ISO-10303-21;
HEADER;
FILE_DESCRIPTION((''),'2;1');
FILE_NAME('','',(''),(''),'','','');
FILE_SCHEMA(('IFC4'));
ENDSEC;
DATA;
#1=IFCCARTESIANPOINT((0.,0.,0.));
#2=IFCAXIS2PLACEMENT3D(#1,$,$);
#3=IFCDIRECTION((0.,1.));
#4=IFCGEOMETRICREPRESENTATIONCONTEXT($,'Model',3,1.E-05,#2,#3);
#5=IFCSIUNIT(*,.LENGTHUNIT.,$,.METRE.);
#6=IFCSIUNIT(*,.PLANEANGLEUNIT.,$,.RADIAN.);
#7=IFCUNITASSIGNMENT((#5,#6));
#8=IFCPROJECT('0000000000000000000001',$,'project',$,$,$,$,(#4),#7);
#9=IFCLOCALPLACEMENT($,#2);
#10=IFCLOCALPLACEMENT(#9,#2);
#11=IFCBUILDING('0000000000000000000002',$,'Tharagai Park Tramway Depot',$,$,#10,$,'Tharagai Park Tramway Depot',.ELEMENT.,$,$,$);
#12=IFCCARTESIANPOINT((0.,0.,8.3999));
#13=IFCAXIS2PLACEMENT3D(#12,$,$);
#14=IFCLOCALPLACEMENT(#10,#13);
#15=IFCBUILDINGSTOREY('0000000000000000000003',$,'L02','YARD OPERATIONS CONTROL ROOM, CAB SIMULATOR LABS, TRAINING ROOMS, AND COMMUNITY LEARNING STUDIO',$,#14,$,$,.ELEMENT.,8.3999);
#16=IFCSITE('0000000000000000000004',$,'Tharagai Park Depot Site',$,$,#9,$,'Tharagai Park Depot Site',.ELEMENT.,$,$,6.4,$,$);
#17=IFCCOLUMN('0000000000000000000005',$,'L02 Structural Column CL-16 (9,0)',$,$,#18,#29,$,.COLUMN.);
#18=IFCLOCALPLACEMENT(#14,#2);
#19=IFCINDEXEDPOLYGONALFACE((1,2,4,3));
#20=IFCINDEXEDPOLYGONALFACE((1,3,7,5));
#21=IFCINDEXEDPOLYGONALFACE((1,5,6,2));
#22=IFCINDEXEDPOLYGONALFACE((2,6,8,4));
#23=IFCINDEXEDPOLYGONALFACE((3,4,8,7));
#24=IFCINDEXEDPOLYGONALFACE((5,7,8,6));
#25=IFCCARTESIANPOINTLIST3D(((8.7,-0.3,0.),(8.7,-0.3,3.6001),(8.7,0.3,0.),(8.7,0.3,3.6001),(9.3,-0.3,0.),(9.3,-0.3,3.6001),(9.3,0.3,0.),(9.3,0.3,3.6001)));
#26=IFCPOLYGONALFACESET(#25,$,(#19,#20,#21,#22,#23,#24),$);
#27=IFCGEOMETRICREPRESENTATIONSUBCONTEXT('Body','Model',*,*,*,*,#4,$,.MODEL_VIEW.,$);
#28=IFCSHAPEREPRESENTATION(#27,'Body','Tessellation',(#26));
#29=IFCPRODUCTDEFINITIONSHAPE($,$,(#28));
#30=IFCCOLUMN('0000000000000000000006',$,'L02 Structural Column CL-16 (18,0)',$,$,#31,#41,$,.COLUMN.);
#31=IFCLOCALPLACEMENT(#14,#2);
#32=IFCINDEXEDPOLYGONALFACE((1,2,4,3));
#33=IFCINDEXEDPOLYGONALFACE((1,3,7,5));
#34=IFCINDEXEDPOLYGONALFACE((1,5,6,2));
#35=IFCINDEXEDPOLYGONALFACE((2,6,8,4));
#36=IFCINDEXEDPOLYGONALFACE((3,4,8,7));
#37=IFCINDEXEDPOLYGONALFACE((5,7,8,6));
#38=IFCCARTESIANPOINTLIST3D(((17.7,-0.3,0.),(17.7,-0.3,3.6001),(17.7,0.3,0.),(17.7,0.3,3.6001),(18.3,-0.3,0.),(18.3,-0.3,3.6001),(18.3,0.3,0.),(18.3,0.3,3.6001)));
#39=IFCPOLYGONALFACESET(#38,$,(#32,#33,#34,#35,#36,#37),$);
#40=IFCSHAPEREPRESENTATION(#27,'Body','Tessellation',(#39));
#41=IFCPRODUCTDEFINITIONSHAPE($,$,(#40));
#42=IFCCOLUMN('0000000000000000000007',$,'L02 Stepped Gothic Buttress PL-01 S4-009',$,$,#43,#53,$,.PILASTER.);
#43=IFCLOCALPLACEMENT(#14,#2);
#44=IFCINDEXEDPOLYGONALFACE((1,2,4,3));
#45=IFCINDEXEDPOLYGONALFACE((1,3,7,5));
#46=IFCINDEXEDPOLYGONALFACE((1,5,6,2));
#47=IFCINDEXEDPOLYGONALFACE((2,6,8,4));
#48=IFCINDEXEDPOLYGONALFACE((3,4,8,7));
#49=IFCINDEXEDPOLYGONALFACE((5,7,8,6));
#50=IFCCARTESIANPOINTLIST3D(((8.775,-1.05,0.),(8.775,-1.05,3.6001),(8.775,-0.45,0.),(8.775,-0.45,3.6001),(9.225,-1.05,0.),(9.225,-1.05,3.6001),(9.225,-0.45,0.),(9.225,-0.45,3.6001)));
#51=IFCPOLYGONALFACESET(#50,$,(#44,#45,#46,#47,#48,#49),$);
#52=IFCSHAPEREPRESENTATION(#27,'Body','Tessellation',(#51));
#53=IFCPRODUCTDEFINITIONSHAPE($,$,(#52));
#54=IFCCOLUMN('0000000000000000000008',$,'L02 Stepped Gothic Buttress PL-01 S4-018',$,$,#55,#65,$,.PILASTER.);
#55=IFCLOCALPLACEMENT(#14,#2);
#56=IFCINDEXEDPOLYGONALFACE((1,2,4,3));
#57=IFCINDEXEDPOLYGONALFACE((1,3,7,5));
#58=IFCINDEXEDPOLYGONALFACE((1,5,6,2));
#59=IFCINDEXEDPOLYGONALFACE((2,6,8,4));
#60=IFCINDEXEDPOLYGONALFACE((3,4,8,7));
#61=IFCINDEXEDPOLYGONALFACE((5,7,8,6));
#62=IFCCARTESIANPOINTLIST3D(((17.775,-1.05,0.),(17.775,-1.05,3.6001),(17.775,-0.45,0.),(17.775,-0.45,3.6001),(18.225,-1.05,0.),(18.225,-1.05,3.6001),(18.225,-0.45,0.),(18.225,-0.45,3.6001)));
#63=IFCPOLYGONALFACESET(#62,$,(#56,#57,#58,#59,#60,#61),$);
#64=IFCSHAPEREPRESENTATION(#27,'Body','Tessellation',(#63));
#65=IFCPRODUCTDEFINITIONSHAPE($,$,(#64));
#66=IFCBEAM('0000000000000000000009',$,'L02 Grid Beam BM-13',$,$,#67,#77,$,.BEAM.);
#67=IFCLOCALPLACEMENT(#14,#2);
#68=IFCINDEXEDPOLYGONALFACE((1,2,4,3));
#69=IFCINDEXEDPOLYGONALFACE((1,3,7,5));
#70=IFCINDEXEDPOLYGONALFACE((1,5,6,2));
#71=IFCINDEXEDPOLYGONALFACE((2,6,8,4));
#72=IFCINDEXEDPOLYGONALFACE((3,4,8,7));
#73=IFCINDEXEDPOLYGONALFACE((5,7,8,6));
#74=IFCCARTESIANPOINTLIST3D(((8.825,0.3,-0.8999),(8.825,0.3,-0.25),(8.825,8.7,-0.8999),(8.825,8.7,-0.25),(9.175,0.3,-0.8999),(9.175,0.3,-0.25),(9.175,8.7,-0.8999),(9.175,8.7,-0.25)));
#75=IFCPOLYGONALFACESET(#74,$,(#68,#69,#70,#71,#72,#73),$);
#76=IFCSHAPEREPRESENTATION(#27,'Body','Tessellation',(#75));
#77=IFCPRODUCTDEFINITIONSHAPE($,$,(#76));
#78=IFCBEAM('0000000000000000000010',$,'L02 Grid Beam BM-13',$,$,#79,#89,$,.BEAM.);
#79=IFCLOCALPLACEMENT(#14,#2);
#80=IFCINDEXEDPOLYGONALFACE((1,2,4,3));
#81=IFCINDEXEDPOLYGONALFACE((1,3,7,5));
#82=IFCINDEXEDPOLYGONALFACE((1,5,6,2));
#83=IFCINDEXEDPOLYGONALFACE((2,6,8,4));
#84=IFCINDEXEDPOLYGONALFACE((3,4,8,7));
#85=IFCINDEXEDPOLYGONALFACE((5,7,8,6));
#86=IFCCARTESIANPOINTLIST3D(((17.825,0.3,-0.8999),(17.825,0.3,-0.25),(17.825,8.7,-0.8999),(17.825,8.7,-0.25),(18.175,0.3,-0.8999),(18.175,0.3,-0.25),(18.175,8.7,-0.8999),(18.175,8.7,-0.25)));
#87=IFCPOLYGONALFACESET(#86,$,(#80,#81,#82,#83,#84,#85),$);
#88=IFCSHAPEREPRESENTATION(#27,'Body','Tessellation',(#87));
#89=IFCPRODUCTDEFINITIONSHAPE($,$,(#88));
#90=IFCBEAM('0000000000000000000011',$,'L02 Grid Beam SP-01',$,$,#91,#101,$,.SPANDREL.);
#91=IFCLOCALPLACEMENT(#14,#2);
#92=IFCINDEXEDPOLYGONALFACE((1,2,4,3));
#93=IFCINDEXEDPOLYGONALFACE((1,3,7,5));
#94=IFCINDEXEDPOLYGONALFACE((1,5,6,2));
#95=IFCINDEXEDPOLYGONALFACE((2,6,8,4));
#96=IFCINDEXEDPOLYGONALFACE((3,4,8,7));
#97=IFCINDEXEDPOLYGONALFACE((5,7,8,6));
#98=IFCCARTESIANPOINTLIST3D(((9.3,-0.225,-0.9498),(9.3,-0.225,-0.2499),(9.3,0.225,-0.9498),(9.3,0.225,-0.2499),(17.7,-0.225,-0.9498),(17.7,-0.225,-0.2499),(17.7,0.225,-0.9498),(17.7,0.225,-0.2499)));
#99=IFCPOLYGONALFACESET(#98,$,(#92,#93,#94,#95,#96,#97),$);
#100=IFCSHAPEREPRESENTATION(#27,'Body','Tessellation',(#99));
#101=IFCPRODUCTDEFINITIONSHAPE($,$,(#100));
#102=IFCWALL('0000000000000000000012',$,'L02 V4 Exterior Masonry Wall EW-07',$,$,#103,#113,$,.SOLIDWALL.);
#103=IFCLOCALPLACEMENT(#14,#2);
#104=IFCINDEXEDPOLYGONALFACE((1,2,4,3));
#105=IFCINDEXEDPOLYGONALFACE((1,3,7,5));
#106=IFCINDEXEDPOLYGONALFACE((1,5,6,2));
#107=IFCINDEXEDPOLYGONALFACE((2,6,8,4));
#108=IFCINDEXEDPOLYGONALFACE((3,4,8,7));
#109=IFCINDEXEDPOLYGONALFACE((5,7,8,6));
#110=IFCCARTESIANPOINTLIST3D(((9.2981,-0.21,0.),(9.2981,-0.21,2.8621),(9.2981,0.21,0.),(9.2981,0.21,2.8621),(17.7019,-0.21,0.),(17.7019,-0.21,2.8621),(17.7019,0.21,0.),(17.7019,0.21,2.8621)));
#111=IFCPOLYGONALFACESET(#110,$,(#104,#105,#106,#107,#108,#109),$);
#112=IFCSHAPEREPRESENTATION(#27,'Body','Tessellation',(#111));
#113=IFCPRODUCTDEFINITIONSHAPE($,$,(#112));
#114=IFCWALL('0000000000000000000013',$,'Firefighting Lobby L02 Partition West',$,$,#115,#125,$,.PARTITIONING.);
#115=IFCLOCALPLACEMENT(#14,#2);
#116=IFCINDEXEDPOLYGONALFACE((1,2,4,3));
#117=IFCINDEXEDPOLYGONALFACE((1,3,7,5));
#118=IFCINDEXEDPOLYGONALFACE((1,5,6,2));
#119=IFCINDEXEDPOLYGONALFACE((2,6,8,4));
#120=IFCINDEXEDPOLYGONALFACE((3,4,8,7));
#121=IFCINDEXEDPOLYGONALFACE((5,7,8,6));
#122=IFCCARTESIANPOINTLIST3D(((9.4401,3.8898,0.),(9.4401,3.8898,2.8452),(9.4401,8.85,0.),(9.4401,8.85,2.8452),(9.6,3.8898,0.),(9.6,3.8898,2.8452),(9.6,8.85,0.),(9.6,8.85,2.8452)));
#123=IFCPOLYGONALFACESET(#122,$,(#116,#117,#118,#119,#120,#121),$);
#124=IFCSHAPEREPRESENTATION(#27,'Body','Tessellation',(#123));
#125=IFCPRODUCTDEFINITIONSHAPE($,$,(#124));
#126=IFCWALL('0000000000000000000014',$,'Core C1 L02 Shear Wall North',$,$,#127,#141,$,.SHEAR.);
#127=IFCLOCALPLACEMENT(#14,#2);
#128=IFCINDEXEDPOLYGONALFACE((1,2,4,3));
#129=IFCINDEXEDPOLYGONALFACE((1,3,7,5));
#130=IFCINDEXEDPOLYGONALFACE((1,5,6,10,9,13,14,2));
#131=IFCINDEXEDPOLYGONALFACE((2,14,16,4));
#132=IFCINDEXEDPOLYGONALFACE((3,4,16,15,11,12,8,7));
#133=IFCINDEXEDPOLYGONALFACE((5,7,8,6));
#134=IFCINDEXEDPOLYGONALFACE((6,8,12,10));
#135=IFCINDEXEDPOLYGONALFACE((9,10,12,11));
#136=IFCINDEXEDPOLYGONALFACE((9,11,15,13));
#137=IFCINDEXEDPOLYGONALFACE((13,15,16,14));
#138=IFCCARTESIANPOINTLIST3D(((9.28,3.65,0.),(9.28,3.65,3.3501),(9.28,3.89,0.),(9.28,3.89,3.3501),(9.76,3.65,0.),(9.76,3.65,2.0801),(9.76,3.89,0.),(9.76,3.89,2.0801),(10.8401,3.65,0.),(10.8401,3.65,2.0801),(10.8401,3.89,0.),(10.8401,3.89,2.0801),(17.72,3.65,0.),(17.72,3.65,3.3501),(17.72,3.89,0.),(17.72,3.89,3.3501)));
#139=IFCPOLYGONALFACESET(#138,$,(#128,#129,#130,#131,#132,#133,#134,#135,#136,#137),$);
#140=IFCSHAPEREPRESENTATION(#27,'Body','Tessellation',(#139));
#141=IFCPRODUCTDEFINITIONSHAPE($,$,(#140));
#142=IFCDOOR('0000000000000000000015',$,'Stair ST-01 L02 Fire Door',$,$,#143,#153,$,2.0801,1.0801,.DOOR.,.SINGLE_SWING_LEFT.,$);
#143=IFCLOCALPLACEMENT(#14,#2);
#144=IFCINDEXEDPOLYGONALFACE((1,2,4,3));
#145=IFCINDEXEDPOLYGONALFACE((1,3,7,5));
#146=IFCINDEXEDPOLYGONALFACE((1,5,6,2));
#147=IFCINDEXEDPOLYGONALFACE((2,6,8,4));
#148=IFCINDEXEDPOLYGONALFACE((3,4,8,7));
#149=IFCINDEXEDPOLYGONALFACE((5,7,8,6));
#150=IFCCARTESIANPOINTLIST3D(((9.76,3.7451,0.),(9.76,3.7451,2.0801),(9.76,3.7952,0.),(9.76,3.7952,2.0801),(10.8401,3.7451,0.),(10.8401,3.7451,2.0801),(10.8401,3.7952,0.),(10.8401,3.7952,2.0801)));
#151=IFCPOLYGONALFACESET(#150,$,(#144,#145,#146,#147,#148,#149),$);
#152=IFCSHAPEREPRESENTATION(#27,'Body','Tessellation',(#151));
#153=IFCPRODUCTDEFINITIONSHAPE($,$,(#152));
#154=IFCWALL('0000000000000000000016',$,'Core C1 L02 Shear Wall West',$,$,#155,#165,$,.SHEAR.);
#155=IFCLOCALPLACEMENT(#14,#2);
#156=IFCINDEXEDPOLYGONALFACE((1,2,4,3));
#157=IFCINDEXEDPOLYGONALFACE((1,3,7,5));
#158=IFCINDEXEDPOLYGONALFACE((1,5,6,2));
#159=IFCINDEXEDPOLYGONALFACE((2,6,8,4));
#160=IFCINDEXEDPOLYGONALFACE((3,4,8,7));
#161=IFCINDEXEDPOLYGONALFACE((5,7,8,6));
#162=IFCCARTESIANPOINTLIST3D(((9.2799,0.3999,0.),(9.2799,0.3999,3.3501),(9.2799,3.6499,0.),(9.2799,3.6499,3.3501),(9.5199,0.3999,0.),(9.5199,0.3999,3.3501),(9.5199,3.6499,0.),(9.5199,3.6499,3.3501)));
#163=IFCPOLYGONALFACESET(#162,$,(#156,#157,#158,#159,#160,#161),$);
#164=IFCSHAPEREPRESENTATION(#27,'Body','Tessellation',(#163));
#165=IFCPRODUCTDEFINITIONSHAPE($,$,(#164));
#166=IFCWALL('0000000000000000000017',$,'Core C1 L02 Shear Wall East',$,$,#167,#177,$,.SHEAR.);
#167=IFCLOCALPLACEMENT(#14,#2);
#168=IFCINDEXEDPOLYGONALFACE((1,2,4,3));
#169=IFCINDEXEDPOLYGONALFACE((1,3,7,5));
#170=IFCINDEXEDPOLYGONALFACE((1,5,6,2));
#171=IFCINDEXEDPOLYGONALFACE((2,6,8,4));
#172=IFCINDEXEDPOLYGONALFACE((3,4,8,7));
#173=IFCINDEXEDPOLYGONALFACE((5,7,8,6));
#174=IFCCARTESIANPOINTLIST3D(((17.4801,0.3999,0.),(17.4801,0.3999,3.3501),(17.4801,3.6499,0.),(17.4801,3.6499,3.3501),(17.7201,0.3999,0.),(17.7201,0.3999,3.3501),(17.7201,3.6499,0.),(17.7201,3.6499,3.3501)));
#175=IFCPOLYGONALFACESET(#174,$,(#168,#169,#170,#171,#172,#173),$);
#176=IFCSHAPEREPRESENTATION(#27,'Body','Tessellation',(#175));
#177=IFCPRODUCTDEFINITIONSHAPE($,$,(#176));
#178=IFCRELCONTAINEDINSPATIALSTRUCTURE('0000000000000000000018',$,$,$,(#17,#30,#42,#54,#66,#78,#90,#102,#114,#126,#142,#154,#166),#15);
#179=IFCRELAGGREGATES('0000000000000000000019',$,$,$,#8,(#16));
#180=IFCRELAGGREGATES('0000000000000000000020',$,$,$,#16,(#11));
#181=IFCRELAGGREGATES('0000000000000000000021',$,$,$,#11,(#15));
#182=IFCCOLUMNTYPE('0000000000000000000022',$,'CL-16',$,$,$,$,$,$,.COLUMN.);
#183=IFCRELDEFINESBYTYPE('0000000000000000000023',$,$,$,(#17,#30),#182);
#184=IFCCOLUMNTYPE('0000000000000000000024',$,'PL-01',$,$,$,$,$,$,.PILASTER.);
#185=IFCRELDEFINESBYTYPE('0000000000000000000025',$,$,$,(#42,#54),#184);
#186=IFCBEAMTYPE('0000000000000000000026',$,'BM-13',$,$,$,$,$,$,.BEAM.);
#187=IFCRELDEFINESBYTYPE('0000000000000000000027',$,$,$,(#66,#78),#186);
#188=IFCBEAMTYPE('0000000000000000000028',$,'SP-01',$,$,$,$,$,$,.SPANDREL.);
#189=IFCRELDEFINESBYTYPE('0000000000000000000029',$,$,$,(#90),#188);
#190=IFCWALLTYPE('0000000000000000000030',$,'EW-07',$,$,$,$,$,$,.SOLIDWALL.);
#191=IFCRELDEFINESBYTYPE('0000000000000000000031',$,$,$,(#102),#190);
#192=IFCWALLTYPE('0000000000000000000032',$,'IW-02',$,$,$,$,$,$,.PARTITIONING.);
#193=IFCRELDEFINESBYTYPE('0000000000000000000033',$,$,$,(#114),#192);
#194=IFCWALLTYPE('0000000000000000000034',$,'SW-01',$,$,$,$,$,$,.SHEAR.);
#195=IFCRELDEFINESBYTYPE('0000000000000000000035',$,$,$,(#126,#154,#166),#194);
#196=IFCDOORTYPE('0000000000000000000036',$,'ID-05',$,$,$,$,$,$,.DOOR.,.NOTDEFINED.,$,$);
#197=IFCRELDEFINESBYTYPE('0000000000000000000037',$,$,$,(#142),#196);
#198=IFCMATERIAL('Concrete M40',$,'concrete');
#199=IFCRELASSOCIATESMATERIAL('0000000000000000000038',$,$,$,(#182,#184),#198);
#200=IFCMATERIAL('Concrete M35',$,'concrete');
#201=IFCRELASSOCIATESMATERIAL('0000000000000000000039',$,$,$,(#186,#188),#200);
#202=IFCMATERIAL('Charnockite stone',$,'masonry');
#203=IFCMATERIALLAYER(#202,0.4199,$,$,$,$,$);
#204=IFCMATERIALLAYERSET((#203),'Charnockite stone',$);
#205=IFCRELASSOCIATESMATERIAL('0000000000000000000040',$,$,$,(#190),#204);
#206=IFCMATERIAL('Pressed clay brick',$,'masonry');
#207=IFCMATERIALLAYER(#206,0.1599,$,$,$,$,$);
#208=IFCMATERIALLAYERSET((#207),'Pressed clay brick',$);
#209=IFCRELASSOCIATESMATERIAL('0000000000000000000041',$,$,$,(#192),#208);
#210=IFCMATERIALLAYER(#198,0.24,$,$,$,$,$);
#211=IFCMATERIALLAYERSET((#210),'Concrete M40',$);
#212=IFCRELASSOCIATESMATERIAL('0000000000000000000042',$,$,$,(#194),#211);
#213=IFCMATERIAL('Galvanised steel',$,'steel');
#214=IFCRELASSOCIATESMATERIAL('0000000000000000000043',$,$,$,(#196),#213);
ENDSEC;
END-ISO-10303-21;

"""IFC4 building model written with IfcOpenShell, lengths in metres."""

from ifc_helpers import new_model, si_unit, direction, frame, frame_2d, origin, origin_2d, place, context, subcontext, project, spatial, rectangle, extrude, material, layer, layer_set, material_profile, profile_set, type_object, element, fill, save


model = new_model("IFC4")

# Units and contexts
model_context = context("Model", 3, precision=1e-05, world=origin(), true_north=direction((0.0, 1.0)))
body_context = subcontext(model_context, "Body", "Model", "MODEL_VIEW")
ifc_project = project(units=[si_unit("LENGTHUNIT", "METRE"), si_unit("PLANEANGLEUNIT", "RADIAN")], contexts=[model_context])

# Site, building, storey
site_placement = place(None, origin())
site = spatial("IfcSite", under=ifc_project, at=site_placement, Name="Tharagai Park Depot Site", LongName="Tharagai Park Depot Site", CompositionType="ELEMENT", RefElevation=6.4)
building_placement = place(site_placement, origin())
building = spatial("IfcBuilding", under=site, at=building_placement, Name="Tharagai Park Tramway Depot", LongName="Tharagai Park Tramway Depot", CompositionType="ELEMENT")
storey_placement = place(building_placement, frame((0.0, 0.0, 8.3999)))
storey = spatial("IfcBuildingStorey", under=building, at=storey_placement, Name="L02", Description="YARD OPERATIONS CONTROL ROOM, CAB SIMULATOR LABS, TRAINING ROOMS, AND COMMUNITY LEARNING STUDIO", CompositionType="ELEMENT", Elevation=8.3999)

# Columns
ifc_material_1 = material(Name="Concrete M40", Category="concrete")
ifc_material_profile_1 = material_profile(ifc_material_1, rectangle(XDim=0.6001, YDim=0.6001, at=origin_2d()), Name="RC 600x600")
ifc_profile_set_1 = profile_set([ifc_material_profile_1], Name="Concrete M40")
column_type_1 = type_object("IfcColumnType", Name="CL-16", PredefinedType="COLUMN", material=ifc_profile_set_1)
for number, where, z_axis, x_axis, name in (
    (1, (9.0, 0.0, 0.0), (0.0, 0.0, 1.0), (1.0, 0.0, 0.0), "L02 Structural Column CL-16 (9,0)"),
    (2, (18.0, 0.0, 0.0), (0.0, 0.0, 1.0), (1.0, 0.0, 0.0), "L02 Structural Column CL-16 (18,0)"),
):
    element("IfcColumn", number, at=place(storey_placement, frame(where, z_axis=z_axis, x_axis=x_axis)), inside=storey, type_object=column_type_1, Name=name, PredefinedType="COLUMN", context=body_context, shape_type="SweptSolid", body=[
        extrude(rectangle(XDim=0.6001, YDim=0.6001, at=origin_2d()), origin(), (0.0, 0.0, 1.0), 3.6001),
    ])
ifc_material_profile_2 = material_profile(ifc_material_1, rectangle(XDim=0.45, YDim=0.6001, at=origin_2d()), Name="RC 450x600")
ifc_profile_set_2 = profile_set([ifc_material_profile_2], Name="Concrete M40")
column_type_2 = type_object("IfcColumnType", Name="PL-01", PredefinedType="PILASTER", material=ifc_profile_set_2)
for number, where, z_axis, x_axis, name in (
    (3, (9.0, -0.75, 0.0), (0.0, 0.0, 1.0), (1.0, 0.0, 0.0), "L02 Stepped Gothic Buttress PL-01 S4-009"),
    (4, (18.0, -0.75, 0.0), (0.0, 0.0, 1.0), (1.0, 0.0, 0.0), "L02 Stepped Gothic Buttress PL-01 S4-018"),
):
    element("IfcColumn", number, at=place(storey_placement, frame(where, z_axis=z_axis, x_axis=x_axis)), inside=storey, type_object=column_type_2, Name=name, PredefinedType="PILASTER", context=body_context, shape_type="SweptSolid", body=[
        extrude(rectangle(XDim=0.45, YDim=0.6001, at=origin_2d()), origin(), (0.0, 0.0, 1.0), 3.6001),
    ])

# Beams
ifc_material_2 = material(Name="Concrete M35", Category="concrete")
ifc_material_profile_3 = material_profile(ifc_material_2, rectangle(XDim=0.3501, YDim=0.6499, at=origin_2d()), Name="RC 350x650")
ifc_profile_set_3 = profile_set([ifc_material_profile_3], Name="Concrete M35")
beam_type_1 = type_object("IfcBeamType", Name="BM-13", PredefinedType="BEAM", material=ifc_profile_set_3)
for number, where, z_axis, x_axis, name in (
    (5, (9.0, 0.3, -0.575), (0.0, 1.0, 0.0), (-1.0, 0.0, 0.0), "L02 Grid Beam BM-13"),
    (6, (18.0, 0.3, -0.575), (0.0, 1.0, 0.0), (-1.0, 0.0, 0.0), "L02 Grid Beam BM-13"),
):
    element("IfcBeam", number, at=place(storey_placement, frame(where, z_axis=z_axis, x_axis=x_axis)), inside=storey, type_object=beam_type_1, Name=name, PredefinedType="BEAM", context=body_context, shape_type="SweptSolid", body=[
        extrude(rectangle(XDim=0.3501, YDim=0.6499, at=origin_2d()), origin(), (0.0, 0.0, 1.0), 8.3999),
    ])
ifc_material_profile_4 = material_profile(ifc_material_2, rectangle(XDim=0.45, YDim=0.7, at=origin_2d()), Name="RC 450x700")
ifc_profile_set_4 = profile_set([ifc_material_profile_4], Name="Concrete M35")
beam_type_2 = type_object("IfcBeamType", Name="SP-01", PredefinedType="SPANDREL", material=ifc_profile_set_4)
beam_placement = place(storey_placement, frame((9.3, 0.0, -0.5999), z_axis=(1.0, 0.0, 0.0), x_axis=(0.0, 1.0, 0.0)))
element("IfcBeam", 7, at=beam_placement, inside=storey, type_object=beam_type_2, Name="L02 Grid Beam SP-01", PredefinedType="SPANDREL", context=body_context, shape_type="SweptSolid", body=[
    extrude(rectangle(XDim=0.45, YDim=0.7, at=origin_2d()), origin(), (0.0, 0.0, 1.0), 8.3999),
])

# Wall
ifc_material_3 = material(Name="Charnockite stone", Category="masonry")
ifc_layer_1 = layer(ifc_material_3, 0.4199)
ifc_layer_set_1 = layer_set([ifc_layer_1], Name="Charnockite stone")
wall_type_1 = type_object("IfcWallType", Name="EW-07", PredefinedType="SOLIDWALL", material=ifc_layer_set_1)
wall_1_placement = place(storey_placement, frame((9.2981, 0.0, 0.0), z_axis=(0.0, 0.0, 1.0), x_axis=(1.0, 0.0, 0.0)))
element("IfcWall", 8, at=wall_1_placement, inside=storey, type_object=wall_type_1, Name="L02 V4 Exterior Masonry Wall EW-07", PredefinedType="SOLIDWALL", context=body_context, shape_type="SweptSolid", body=[
    extrude(rectangle(XDim=8.4038, YDim=0.4199, at=frame_2d((4.2019, 0.0))), origin(), (0.0, 0.0, 1.0), 2.8621),
])

# Shared definitions
ifc_material_4 = material(Name="Pressed clay brick", Category="masonry")
ifc_layer_2 = layer(ifc_material_4, 0.1599)
ifc_layer_set_2 = layer_set([ifc_layer_2], Name="Pressed clay brick")
wall_type_2 = type_object("IfcWallType", Name="IW-02", PredefinedType="PARTITIONING", material=ifc_layer_set_2)
ifc_material_5 = material(Name="Galvanised steel", Category="steel")

# Wall
wall_2_placement = place(storey_placement, frame((9.52, 3.8899, 0.0), z_axis=(0.0, 0.0, 1.0), x_axis=(0.0, 1.0, 0.0)))
element("IfcWall", 9, at=wall_2_placement, inside=storey, type_object=wall_type_2, Name="Firefighting Lobby L02 Partition West", PredefinedType="PARTITIONING", context=body_context, shape_type="SweptSolid", body=[
    extrude(rectangle(XDim=4.9602, YDim=0.1599, at=frame_2d((2.48, 0.0))), origin(), (0.0, 0.0, 1.0), 2.8452),
])

# Wall, opening, door
ifc_layer_3 = layer(ifc_material_1, 0.24)
ifc_layer_set_3 = layer_set([ifc_layer_3], Name="Concrete M40")
wall_type_3 = type_object("IfcWallType", Name="SW-01", PredefinedType="SHEAR", material=ifc_layer_set_3)
wall_3_placement = place(storey_placement, frame((9.28, 3.77, 0.0), z_axis=(0.0, 0.0, 1.0), x_axis=(1.0, 0.0, 0.0)))
wall_3 = element("IfcWall", 10, at=wall_3_placement, inside=storey, type_object=wall_type_3, Name="Core C1 L02 Shear Wall North", PredefinedType="SHEAR", context=body_context, shape_type="SweptSolid", body=[
    extrude(rectangle(XDim=8.4399, YDim=0.24, at=frame_2d((4.22, 0.0))), origin(), (0.0, 0.0, 1.0), 3.3501),
])
opening_1_placement = place(wall_3_placement, frame((0.48, 0.0, 0.0)))
opening_1 = element("IfcOpeningElement", 11, at=opening_1_placement, cuts=wall_3, PredefinedType="OPENING", context=body_context, shape_type="SweptSolid", body=[
    extrude(rectangle(XDim=1.0801, YDim=2.0801, at=frame_2d((0.54, 1.04))), frame((0.0, 0.1299, 0.0), z_axis=(0.0, -1.0, 0.0), x_axis=(1.0, 0.0, 0.0)), (0.0, 0.0, 1.0), 0.26),
])
door_type_1 = type_object("IfcDoorType", Name="ID-05", OperationType="NOTDEFINED", PredefinedType="DOOR", material=ifc_material_5)
door_1_placement = place(opening_1_placement, frame((1.0801, 0.0, 0.0), z_axis=(0.0, 0.0, 1.0), x_axis=(-1.0, 0.0, 0.0)))
door_1 = element("IfcDoor", 12, at=door_1_placement, inside=storey, type_object=door_type_1, Name="Stair ST-01 L02 Fire Door", OperationType="SINGLE_SWING_LEFT", OverallHeight=2.0801, OverallWidth=1.0801, PredefinedType="DOOR", context=body_context, shape_type="SweptSolid", body=[
    extrude(rectangle(XDim=1.0801, YDim=2.0801, at=frame_2d((0.54, 1.04))), frame((0.0, 0.0249, 0.0), z_axis=(0.0, -1.0, 0.0), x_axis=(1.0, 0.0, 0.0)), (0.0, 0.0, 1.0), 0.05),
])
fill(opening_1, door_1)

# Walls
for number, where, z_axis, x_axis, name in (
    (13, (9.3999, 0.3999, 0.0), (0.0, 0.0, 1.0), (0.0, 1.0, 0.0), "Core C1 L02 Shear Wall West"),
    (14, (17.6001, 0.3999, 0.0), (0.0, 0.0, 1.0), (0.0, 1.0, 0.0), "Core C1 L02 Shear Wall East"),
):
    element("IfcWall", number, at=place(storey_placement, frame(where, z_axis=z_axis, x_axis=x_axis)), inside=storey, type_object=wall_type_3, Name=name, PredefinedType="SHEAR", context=body_context, shape_type="SweptSolid", body=[
        extrude(rectangle(XDim=3.25, YDim=0.24, at=frame_2d((1.625, 0.0))), origin(), (0.0, 0.0, 1.0), 3.3501),
    ])

save(model, "model.ifc")
